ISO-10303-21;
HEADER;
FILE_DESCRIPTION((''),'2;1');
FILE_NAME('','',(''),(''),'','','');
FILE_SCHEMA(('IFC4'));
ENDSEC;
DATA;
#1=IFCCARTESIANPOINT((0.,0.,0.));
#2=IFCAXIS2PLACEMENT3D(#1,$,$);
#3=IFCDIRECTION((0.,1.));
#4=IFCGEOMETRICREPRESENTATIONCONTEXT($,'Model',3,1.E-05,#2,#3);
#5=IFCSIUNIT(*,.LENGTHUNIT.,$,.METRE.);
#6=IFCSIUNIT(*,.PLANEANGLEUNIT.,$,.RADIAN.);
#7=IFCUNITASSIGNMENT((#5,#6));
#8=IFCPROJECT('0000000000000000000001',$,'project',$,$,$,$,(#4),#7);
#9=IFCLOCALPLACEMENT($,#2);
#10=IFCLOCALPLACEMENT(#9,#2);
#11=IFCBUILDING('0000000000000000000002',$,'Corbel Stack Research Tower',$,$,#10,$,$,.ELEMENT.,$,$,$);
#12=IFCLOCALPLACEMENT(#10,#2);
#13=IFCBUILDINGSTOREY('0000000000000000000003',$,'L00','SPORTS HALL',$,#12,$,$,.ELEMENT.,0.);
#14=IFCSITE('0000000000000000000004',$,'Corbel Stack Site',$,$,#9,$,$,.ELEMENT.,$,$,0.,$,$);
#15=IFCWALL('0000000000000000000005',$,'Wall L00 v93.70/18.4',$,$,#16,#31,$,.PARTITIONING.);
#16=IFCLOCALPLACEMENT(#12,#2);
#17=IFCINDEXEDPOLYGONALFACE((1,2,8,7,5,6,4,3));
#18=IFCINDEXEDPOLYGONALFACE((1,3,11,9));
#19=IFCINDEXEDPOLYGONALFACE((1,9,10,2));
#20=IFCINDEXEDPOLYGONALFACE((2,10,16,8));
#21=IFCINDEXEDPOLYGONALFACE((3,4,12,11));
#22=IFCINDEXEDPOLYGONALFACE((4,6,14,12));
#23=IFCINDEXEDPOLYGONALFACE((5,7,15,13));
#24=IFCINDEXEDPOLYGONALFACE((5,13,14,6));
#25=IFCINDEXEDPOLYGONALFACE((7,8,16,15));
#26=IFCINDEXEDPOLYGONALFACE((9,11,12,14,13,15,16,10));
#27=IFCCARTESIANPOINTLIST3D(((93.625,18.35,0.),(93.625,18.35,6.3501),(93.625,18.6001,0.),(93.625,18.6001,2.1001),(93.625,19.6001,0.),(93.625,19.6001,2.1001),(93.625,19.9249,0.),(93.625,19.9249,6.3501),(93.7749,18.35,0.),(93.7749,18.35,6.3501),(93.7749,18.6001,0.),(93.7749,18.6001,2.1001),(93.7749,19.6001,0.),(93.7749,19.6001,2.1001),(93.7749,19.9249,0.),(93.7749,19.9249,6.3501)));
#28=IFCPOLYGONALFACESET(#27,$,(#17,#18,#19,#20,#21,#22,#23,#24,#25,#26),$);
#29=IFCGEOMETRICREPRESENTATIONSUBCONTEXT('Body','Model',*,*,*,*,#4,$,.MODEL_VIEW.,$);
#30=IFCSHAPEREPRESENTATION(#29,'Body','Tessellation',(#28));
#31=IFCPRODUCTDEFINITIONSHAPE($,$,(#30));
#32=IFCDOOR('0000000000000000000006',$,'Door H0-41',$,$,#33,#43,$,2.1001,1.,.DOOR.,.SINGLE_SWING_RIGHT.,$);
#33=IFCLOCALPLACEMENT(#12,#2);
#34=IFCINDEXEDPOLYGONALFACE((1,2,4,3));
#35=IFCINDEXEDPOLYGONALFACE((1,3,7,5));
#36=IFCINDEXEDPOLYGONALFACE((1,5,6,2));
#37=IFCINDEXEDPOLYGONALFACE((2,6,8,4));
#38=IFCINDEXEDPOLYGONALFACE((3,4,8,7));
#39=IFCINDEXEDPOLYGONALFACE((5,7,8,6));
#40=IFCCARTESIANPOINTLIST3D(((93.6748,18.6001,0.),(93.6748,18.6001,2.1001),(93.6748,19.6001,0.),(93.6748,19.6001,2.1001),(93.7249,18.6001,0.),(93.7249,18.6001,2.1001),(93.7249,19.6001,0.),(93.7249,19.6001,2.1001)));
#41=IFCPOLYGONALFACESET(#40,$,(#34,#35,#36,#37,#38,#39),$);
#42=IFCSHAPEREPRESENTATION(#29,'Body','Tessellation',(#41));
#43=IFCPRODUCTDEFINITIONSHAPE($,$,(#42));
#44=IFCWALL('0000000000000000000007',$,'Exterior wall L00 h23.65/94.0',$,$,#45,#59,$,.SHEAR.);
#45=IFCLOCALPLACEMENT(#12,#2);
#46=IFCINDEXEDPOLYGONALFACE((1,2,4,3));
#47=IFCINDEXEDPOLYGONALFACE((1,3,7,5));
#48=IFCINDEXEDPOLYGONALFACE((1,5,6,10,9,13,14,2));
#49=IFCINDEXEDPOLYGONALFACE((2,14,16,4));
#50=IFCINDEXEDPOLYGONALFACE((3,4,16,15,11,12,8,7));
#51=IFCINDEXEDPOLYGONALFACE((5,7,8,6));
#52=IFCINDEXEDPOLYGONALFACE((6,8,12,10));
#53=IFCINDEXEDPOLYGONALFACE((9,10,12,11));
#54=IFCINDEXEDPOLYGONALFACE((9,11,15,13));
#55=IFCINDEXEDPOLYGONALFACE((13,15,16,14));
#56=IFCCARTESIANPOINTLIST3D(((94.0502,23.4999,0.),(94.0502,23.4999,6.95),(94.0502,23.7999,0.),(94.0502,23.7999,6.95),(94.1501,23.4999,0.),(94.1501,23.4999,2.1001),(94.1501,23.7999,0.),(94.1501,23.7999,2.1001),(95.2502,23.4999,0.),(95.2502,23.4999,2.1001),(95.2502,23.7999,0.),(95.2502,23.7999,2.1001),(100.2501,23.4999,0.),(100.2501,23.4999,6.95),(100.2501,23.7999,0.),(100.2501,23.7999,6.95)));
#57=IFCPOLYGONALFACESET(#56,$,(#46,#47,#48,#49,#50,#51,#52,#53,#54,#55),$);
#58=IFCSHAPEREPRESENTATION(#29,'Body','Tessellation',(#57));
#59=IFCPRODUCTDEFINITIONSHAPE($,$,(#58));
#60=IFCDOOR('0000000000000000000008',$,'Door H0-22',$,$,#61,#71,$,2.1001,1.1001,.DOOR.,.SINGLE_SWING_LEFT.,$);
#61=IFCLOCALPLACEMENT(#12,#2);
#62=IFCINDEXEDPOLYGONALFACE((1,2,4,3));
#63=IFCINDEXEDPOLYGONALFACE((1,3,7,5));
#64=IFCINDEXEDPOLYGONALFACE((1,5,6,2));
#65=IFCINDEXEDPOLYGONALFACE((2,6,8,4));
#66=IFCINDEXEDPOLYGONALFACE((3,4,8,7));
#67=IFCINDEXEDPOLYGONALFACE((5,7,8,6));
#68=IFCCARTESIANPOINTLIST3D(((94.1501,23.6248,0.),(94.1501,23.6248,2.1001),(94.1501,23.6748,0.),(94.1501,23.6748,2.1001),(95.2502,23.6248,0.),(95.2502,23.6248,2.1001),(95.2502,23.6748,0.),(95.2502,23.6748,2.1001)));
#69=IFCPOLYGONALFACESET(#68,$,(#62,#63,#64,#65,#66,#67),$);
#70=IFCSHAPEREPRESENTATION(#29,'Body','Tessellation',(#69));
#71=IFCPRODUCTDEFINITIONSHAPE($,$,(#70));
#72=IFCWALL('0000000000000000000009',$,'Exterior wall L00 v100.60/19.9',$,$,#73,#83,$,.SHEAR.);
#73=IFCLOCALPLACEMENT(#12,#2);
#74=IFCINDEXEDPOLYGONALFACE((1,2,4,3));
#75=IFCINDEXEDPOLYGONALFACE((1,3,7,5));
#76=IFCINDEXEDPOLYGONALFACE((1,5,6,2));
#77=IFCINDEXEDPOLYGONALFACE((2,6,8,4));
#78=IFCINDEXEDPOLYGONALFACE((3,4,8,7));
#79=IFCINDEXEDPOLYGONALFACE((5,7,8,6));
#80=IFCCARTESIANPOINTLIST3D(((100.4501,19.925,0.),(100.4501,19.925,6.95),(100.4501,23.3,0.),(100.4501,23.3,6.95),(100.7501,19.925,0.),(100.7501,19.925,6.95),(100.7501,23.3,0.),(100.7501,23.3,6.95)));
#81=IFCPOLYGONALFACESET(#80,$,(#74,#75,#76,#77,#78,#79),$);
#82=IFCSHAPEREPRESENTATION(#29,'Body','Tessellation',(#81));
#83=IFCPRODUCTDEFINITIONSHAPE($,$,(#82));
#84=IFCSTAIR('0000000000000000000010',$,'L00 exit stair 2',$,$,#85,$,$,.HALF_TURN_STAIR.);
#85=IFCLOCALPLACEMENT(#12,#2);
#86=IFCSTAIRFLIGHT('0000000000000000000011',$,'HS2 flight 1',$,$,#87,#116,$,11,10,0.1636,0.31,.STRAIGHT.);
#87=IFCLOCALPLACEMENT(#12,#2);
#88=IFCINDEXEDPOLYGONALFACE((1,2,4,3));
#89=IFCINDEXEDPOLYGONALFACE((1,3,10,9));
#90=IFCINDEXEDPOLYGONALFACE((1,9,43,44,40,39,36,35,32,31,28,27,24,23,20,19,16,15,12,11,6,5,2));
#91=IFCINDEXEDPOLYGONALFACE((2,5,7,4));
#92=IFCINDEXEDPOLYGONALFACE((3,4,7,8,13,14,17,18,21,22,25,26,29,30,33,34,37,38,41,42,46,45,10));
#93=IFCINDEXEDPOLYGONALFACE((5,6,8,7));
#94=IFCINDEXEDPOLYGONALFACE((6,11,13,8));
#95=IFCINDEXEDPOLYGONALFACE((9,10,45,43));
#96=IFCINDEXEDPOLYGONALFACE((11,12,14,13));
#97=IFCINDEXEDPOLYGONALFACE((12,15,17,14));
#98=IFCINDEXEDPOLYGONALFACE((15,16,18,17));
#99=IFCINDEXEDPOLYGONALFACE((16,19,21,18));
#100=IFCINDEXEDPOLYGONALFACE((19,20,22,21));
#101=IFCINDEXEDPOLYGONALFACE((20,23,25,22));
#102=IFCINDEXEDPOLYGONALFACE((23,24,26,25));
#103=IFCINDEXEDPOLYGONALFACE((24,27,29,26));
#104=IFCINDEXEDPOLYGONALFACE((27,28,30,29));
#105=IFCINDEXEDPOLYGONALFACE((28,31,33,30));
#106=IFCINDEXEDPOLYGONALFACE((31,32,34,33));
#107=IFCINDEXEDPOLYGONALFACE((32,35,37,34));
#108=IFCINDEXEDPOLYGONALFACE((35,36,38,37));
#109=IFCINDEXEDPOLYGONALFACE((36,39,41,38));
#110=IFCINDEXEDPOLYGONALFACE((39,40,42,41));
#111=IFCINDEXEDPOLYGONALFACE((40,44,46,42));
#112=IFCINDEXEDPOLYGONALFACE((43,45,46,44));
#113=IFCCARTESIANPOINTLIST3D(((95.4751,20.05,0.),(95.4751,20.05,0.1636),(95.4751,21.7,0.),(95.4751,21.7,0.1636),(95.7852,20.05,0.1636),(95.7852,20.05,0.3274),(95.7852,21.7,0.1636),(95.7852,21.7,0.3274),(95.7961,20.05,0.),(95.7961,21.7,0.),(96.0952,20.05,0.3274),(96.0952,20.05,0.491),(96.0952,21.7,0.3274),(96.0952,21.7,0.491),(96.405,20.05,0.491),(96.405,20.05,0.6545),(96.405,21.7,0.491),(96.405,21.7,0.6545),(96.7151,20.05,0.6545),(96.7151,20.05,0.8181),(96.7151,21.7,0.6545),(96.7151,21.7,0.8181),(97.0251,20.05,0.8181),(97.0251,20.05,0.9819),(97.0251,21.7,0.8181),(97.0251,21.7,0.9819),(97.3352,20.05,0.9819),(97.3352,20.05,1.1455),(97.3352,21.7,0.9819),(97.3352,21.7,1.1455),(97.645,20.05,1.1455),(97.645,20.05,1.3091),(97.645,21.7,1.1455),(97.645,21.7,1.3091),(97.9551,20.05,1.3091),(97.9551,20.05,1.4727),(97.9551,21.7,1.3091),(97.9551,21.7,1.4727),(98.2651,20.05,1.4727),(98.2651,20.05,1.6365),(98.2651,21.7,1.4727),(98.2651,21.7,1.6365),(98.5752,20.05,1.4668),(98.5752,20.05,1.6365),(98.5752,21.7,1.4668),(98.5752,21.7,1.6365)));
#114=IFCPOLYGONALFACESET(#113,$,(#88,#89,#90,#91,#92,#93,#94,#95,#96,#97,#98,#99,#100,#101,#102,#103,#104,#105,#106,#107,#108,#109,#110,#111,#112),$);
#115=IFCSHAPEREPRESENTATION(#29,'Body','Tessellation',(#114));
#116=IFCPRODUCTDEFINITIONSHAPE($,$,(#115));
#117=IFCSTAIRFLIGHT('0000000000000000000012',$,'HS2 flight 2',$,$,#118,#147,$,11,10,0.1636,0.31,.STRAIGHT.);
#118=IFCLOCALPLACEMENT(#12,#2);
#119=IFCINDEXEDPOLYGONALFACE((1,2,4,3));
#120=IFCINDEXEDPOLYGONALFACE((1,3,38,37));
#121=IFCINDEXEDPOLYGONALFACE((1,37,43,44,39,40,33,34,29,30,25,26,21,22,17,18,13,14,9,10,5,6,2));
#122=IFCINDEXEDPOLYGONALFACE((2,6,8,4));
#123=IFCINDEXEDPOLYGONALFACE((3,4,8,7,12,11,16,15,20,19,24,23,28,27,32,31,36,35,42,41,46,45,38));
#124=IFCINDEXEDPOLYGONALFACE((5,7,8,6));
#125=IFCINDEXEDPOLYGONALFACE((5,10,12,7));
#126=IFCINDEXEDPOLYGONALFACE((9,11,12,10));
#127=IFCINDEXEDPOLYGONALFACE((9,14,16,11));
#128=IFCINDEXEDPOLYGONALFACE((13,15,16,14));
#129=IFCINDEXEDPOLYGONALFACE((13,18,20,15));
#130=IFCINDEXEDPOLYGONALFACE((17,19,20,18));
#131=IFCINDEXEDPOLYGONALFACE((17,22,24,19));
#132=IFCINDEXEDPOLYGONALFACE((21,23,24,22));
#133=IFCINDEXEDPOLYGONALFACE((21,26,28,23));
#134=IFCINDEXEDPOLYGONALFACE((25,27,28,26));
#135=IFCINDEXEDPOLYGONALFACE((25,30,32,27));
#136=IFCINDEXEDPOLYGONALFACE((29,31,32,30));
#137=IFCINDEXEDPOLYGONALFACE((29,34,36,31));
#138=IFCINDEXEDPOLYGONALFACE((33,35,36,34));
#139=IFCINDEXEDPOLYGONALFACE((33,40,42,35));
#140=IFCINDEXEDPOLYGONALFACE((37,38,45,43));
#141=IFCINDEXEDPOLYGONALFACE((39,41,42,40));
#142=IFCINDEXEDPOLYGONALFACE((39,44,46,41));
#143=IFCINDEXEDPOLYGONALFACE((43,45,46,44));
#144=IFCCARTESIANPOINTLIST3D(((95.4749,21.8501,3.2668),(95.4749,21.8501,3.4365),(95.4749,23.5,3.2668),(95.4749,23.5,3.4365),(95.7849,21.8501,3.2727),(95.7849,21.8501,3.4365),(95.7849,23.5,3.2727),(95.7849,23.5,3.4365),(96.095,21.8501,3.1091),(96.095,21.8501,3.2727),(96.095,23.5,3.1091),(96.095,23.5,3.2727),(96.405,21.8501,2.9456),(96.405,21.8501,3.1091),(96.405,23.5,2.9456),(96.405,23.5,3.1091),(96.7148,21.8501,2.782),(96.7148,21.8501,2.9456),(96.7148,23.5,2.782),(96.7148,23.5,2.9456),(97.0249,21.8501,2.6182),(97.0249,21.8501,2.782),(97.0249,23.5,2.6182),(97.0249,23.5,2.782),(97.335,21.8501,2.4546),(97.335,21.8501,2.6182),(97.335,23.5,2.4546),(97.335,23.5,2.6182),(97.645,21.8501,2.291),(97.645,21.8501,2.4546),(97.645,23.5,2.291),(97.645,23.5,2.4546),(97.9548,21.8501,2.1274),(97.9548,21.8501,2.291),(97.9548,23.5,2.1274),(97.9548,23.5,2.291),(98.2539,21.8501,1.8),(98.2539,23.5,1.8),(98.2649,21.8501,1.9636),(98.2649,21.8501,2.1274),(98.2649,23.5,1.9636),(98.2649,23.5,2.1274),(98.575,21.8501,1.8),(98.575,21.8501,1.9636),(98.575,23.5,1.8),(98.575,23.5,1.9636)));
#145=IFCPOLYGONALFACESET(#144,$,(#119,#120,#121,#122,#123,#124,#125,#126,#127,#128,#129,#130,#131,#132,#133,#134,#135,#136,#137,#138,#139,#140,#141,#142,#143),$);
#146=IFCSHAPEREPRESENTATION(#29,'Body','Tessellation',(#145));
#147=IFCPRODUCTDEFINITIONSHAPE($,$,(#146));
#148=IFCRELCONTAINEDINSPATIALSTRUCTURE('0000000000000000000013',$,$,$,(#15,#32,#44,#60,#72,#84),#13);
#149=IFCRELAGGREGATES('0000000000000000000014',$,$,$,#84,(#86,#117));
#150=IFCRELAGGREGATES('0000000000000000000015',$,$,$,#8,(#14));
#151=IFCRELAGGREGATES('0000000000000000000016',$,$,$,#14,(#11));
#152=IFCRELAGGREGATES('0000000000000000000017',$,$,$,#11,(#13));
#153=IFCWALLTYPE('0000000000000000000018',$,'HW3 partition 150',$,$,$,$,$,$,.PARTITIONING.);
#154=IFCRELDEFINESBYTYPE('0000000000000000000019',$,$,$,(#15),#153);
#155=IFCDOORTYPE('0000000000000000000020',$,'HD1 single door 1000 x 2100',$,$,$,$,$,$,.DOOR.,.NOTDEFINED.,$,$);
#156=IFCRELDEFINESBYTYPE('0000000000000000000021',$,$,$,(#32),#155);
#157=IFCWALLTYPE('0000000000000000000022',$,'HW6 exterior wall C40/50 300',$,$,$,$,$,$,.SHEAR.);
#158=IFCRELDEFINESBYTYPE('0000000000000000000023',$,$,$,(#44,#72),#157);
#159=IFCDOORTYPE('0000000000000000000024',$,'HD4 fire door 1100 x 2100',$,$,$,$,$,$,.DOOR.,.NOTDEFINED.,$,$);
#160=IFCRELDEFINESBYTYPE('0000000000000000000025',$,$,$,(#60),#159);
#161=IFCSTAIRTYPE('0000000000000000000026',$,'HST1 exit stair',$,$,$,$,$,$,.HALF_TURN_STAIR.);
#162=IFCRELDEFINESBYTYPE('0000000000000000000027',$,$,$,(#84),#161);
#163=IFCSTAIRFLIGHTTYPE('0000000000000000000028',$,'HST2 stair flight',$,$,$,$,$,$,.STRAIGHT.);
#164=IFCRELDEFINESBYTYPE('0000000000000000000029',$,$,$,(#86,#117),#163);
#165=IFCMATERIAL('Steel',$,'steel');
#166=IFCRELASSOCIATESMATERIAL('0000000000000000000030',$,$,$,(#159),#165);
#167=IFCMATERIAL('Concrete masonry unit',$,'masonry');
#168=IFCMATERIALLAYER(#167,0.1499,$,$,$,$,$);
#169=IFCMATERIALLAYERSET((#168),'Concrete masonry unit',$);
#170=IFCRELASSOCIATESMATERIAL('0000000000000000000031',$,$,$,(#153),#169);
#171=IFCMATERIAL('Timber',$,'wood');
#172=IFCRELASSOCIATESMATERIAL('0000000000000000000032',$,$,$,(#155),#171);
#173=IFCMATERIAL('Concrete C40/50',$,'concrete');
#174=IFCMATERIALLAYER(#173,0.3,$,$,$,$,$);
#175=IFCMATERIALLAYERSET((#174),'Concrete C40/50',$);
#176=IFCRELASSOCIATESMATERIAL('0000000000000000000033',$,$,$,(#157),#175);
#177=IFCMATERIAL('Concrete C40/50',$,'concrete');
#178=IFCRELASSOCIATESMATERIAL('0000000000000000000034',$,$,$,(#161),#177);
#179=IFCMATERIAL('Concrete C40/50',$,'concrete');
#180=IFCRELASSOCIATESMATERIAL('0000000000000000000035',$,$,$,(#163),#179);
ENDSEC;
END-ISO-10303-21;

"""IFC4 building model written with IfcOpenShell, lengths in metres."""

from ifc_helpers import new_model, si_unit, direction, frame, frame_2d, origin, place, context, subcontext, project, spatial, polyline, rectangle, outline, extrude, material, layer, layer_set, type_object, element, fill, aggregate, save


model = new_model("IFC4")

# Units and contexts
model_context = context("Model", 3, precision=1e-05, world=origin(), true_north=direction((0.0, 1.0)))
body_context = subcontext(model_context, "Body", "Model", "MODEL_VIEW")
ifc_project = project(units=[si_unit("LENGTHUNIT", "METRE"), si_unit("PLANEANGLEUNIT", "RADIAN")], contexts=[model_context])

# Site, building, storey
site_placement = place(None, origin())
site = spatial("IfcSite", under=ifc_project, at=site_placement, Name="Corbel Stack Site", CompositionType="ELEMENT", RefElevation=0.0)
building_placement = place(site_placement, origin())
building = spatial("IfcBuilding", under=site, at=building_placement, Name="Corbel Stack Research Tower", CompositionType="ELEMENT")
storey_placement = place(building_placement, origin())
storey = spatial("IfcBuildingStorey", under=building, at=storey_placement, Name="L00", Description="SPORTS HALL", CompositionType="ELEMENT", Elevation=0.0)

# Shared definitions
ifc_material_1 = material(Name="Steel", Category="steel")
door_type_1 = type_object("IfcDoorType", Name="HD4 fire door 1100 x 2100", OperationType="NOTDEFINED", PredefinedType="DOOR", material=ifc_material_1)

# Shared definitions
ifc_material_2 = material(Name="Concrete masonry unit", Category="masonry")
ifc_layer_1 = layer(ifc_material_2, 0.1499)
ifc_layer_set_1 = layer_set([ifc_layer_1], Name="Concrete masonry unit")
wall_type_1 = type_object("IfcWallType", Name="HW3 partition 150", PredefinedType="PARTITIONING", material=ifc_layer_set_1)

# Walls, openings, doors
wall_1_placement = place(storey_placement, frame((93.7, 19.925, 0.0), z_axis=(0.0, 0.0, 1.0), x_axis=(0.0, -1.0, 0.0)))
wall_1 = element("IfcWall", 1, at=wall_1_placement, inside=storey, type_object=wall_type_1, Name="Wall L00 v93.70/18.4", PredefinedType="PARTITIONING", context=body_context, shape_type="SweptSolid", body=[
    extrude(rectangle(XDim=1.575, YDim=0.1499, at=frame_2d((0.7876, 0.0))), origin(), (0.0, 0.0, 1.0), 6.3501),
])
opening_1_placement = place(wall_1_placement, frame((0.325, 0.0, 0.0)))
opening_1 = element("IfcOpeningElement", 2, at=opening_1_placement, cuts=wall_1, PredefinedType="OPENING", context=body_context, shape_type="SweptSolid", body=[
    extrude(rectangle(XDim=1.0, YDim=2.1001, at=frame_2d((0.5, 1.05))), frame((0.0, 0.085, 0.0), z_axis=(0.0, -1.0, 0.0), x_axis=(1.0, 0.0, 0.0)), (0.0, 0.0, 1.0), 0.1699),
])
ifc_material_3 = material(Name="Timber", Category="wood")
door_type_2 = type_object("IfcDoorType", Name="HD1 single door 1000 x 2100", OperationType="NOTDEFINED", PredefinedType="DOOR", material=ifc_material_3)
door_1_placement = place(opening_1_placement, origin())
door_1 = element("IfcDoor", 3, at=door_1_placement, inside=storey, type_object=door_type_2, Name="Door H0-41", OperationType="SINGLE_SWING_RIGHT", OverallHeight=2.1001, OverallWidth=1.0, PredefinedType="DOOR", context=body_context, shape_type="SweptSolid", body=[
    extrude(rectangle(XDim=1.0, YDim=2.1001, at=frame_2d((0.5, 1.05))), frame((0.0, 0.0249, 0.0), z_axis=(0.0, -1.0, 0.0), x_axis=(1.0, 0.0, 0.0)), (0.0, 0.0, 1.0), 0.05),
])
fill(opening_1, door_1)
ifc_material_4 = material(Name="Concrete C40/50", Category="concrete")
ifc_layer_2 = layer(ifc_material_4, 0.3)
ifc_layer_set_2 = layer_set([ifc_layer_2], Name="Concrete C40/50")
wall_type_2 = type_object("IfcWallType", Name="HW6 exterior wall C40/50 300", PredefinedType="SHEAR", material=ifc_layer_set_2)
wall_2_placement = place(storey_placement, frame((94.05, 23.6499, 0.0), z_axis=(0.0, 0.0, 1.0), x_axis=(1.0, 0.0, 0.0)))
wall_2 = element("IfcWall", 4, at=wall_2_placement, inside=storey, type_object=wall_type_2, Name="Exterior wall L00 h23.65/94.0", PredefinedType="SHEAR", context=body_context, shape_type="SweptSolid", body=[
    extrude(rectangle(XDim=6.2, YDim=0.3, at=frame_2d((3.1001, 0.0))), origin(), (0.0, 0.0, 1.0), 6.95),
])
opening_2_placement = place(wall_2_placement, frame((0.1001, 0.0, 0.0)))
opening_2 = element("IfcOpeningElement", 5, at=opening_2_placement, cuts=wall_2, PredefinedType="OPENING", context=body_context, shape_type="SweptSolid", body=[
    extrude(rectangle(XDim=1.1001, YDim=2.1001, at=frame_2d((0.55, 1.05))), frame((0.0, 0.1599, 0.0), z_axis=(0.0, -1.0, 0.0), x_axis=(1.0, 0.0, 0.0)), (0.0, 0.0, 1.0), 0.3201),
])
door_2_placement = place(opening_2_placement, origin())
door_2 = element("IfcDoor", 6, at=door_2_placement, inside=storey, type_object=door_type_1, Name="Door H0-22", OperationType="SINGLE_SWING_LEFT", OverallHeight=2.1001, OverallWidth=1.1001, PredefinedType="DOOR", context=body_context, shape_type="SweptSolid", body=[
    extrude(rectangle(XDim=1.1001, YDim=2.1001, at=frame_2d((0.55, 1.05))), frame((0.0, 0.0249, 0.0), z_axis=(0.0, -1.0, 0.0), x_axis=(1.0, 0.0, 0.0)), (0.0, 0.0, 1.0), 0.05),
])
fill(opening_2, door_2)

# Wall
wall_3_placement = place(storey_placement, frame((100.6001, 19.925, 0.0), z_axis=(0.0, 0.0, 1.0), x_axis=(0.0, 1.0, 0.0)))
element("IfcWall", 7, at=wall_3_placement, inside=storey, type_object=wall_type_2, Name="Exterior wall L00 v100.60/19.9", PredefinedType="SHEAR", context=body_context, shape_type="SweptSolid", body=[
    extrude(rectangle(XDim=3.375, YDim=0.3, at=frame_2d((1.6875, 0.0))), origin(), (0.0, 0.0, 1.0), 6.95),
])

# Stair, stair flights
ifc_material_5 = material(Name="Concrete C40/50", Category="concrete")
stair_type = type_object("IfcStairType", Name="HST1 exit stair", PredefinedType="HALF_TURN_STAIR", material=ifc_material_5)
stair_placement = place(storey_placement, origin())
stair = element("IfcStair", 8, at=stair_placement, inside=storey, type_object=stair_type, Name="L00 exit stair 2", PredefinedType="HALF_TURN_STAIR")
ifc_material_6 = material(Name="Concrete C40/50", Category="concrete")
stair_flight_type = type_object("IfcStairFlightType", Name="HST2 stair flight", PredefinedType="STRAIGHT", material=ifc_material_6)
stair_flight_1_placement = place(storey_placement, frame((95.4751, 20.875, 0.0), z_axis=(0.0, 0.0, 1.0), x_axis=(1.0, 0.0, 0.0)))
stair_flight_1 = element("IfcStairFlight", 9, at=stair_flight_1_placement, type_object=stair_flight_type, Name="HS2 flight 1", NumberOfRisers=11, NumberOfTreads=10, PredefinedType="STRAIGHT", RiserHeight=0.1636, TreadLength=0.31, context=body_context, shape_type="SweptSolid", body=[
    extrude(outline(polyline([(0.0, 0.0), (0.0, 0.1636), (0.3101, 0.1636), (0.3101, 0.3274), (0.6201, 0.3274), (0.6201, 0.491), (0.9299, 0.491), (0.9299, 0.6545), (1.24, 0.6545), (1.24, 0.8181), (1.55, 0.8181), (1.55, 0.9819), (1.8601, 0.9819), (1.8601, 1.1455), (2.1699, 1.1455), (2.1699, 1.3091), (2.48, 1.3091), (2.48, 1.4727), (2.79, 1.4727), (2.79, 1.6365), (3.1001, 1.6365), (3.1001, 1.8), (3.1001, 1.4668), (0.321, 0.0), (0.0, 0.0)])), frame((0.0, 0.825, 0.0), z_axis=(0.0, -1.0, 0.0), x_axis=(1.0, 0.0, 0.0)), (0.0, 0.0, 1.0), 1.6499),
])
stair_flight_2_placement = place(storey_placement, frame((98.575, 22.675, 1.8), z_axis=(0.0, 0.0, 1.0), x_axis=(-1.0, 0.0, 0.0)))
stair_flight_2 = element("IfcStairFlight", 10, at=stair_flight_2_placement, type_object=stair_flight_type, Name="HS2 flight 2", NumberOfRisers=11, NumberOfTreads=10, PredefinedType="STRAIGHT", RiserHeight=0.1636, TreadLength=0.31, context=body_context, shape_type="SweptSolid", body=[
    extrude(outline(polyline([(0.0, 0.0), (0.0, 0.1636), (0.3101, 0.1636), (0.3101, 0.3274), (0.6201, 0.3274), (0.6201, 0.491), (0.9299, 0.491), (0.9299, 0.6545), (1.24, 0.6545), (1.24, 0.8181), (1.55, 0.8181), (1.55, 0.9819), (1.8601, 0.9819), (1.8601, 1.1455), (2.1699, 1.1455), (2.1699, 1.3091), (2.48, 1.3091), (2.48, 1.4727), (2.79, 1.4727), (2.79, 1.6365), (3.1001, 1.6365), (3.1001, 1.8), (3.1001, 1.4668), (0.321, 0.0), (0.0, 0.0)])), frame((0.0, 0.825, 0.0), z_axis=(0.0, -1.0, 0.0), x_axis=(1.0, 0.0, 0.0)), (0.0, 0.0, 1.0), 1.6499),
])
aggregate(stair, [stair_flight_1, stair_flight_2])

save(model, "model.ifc")
